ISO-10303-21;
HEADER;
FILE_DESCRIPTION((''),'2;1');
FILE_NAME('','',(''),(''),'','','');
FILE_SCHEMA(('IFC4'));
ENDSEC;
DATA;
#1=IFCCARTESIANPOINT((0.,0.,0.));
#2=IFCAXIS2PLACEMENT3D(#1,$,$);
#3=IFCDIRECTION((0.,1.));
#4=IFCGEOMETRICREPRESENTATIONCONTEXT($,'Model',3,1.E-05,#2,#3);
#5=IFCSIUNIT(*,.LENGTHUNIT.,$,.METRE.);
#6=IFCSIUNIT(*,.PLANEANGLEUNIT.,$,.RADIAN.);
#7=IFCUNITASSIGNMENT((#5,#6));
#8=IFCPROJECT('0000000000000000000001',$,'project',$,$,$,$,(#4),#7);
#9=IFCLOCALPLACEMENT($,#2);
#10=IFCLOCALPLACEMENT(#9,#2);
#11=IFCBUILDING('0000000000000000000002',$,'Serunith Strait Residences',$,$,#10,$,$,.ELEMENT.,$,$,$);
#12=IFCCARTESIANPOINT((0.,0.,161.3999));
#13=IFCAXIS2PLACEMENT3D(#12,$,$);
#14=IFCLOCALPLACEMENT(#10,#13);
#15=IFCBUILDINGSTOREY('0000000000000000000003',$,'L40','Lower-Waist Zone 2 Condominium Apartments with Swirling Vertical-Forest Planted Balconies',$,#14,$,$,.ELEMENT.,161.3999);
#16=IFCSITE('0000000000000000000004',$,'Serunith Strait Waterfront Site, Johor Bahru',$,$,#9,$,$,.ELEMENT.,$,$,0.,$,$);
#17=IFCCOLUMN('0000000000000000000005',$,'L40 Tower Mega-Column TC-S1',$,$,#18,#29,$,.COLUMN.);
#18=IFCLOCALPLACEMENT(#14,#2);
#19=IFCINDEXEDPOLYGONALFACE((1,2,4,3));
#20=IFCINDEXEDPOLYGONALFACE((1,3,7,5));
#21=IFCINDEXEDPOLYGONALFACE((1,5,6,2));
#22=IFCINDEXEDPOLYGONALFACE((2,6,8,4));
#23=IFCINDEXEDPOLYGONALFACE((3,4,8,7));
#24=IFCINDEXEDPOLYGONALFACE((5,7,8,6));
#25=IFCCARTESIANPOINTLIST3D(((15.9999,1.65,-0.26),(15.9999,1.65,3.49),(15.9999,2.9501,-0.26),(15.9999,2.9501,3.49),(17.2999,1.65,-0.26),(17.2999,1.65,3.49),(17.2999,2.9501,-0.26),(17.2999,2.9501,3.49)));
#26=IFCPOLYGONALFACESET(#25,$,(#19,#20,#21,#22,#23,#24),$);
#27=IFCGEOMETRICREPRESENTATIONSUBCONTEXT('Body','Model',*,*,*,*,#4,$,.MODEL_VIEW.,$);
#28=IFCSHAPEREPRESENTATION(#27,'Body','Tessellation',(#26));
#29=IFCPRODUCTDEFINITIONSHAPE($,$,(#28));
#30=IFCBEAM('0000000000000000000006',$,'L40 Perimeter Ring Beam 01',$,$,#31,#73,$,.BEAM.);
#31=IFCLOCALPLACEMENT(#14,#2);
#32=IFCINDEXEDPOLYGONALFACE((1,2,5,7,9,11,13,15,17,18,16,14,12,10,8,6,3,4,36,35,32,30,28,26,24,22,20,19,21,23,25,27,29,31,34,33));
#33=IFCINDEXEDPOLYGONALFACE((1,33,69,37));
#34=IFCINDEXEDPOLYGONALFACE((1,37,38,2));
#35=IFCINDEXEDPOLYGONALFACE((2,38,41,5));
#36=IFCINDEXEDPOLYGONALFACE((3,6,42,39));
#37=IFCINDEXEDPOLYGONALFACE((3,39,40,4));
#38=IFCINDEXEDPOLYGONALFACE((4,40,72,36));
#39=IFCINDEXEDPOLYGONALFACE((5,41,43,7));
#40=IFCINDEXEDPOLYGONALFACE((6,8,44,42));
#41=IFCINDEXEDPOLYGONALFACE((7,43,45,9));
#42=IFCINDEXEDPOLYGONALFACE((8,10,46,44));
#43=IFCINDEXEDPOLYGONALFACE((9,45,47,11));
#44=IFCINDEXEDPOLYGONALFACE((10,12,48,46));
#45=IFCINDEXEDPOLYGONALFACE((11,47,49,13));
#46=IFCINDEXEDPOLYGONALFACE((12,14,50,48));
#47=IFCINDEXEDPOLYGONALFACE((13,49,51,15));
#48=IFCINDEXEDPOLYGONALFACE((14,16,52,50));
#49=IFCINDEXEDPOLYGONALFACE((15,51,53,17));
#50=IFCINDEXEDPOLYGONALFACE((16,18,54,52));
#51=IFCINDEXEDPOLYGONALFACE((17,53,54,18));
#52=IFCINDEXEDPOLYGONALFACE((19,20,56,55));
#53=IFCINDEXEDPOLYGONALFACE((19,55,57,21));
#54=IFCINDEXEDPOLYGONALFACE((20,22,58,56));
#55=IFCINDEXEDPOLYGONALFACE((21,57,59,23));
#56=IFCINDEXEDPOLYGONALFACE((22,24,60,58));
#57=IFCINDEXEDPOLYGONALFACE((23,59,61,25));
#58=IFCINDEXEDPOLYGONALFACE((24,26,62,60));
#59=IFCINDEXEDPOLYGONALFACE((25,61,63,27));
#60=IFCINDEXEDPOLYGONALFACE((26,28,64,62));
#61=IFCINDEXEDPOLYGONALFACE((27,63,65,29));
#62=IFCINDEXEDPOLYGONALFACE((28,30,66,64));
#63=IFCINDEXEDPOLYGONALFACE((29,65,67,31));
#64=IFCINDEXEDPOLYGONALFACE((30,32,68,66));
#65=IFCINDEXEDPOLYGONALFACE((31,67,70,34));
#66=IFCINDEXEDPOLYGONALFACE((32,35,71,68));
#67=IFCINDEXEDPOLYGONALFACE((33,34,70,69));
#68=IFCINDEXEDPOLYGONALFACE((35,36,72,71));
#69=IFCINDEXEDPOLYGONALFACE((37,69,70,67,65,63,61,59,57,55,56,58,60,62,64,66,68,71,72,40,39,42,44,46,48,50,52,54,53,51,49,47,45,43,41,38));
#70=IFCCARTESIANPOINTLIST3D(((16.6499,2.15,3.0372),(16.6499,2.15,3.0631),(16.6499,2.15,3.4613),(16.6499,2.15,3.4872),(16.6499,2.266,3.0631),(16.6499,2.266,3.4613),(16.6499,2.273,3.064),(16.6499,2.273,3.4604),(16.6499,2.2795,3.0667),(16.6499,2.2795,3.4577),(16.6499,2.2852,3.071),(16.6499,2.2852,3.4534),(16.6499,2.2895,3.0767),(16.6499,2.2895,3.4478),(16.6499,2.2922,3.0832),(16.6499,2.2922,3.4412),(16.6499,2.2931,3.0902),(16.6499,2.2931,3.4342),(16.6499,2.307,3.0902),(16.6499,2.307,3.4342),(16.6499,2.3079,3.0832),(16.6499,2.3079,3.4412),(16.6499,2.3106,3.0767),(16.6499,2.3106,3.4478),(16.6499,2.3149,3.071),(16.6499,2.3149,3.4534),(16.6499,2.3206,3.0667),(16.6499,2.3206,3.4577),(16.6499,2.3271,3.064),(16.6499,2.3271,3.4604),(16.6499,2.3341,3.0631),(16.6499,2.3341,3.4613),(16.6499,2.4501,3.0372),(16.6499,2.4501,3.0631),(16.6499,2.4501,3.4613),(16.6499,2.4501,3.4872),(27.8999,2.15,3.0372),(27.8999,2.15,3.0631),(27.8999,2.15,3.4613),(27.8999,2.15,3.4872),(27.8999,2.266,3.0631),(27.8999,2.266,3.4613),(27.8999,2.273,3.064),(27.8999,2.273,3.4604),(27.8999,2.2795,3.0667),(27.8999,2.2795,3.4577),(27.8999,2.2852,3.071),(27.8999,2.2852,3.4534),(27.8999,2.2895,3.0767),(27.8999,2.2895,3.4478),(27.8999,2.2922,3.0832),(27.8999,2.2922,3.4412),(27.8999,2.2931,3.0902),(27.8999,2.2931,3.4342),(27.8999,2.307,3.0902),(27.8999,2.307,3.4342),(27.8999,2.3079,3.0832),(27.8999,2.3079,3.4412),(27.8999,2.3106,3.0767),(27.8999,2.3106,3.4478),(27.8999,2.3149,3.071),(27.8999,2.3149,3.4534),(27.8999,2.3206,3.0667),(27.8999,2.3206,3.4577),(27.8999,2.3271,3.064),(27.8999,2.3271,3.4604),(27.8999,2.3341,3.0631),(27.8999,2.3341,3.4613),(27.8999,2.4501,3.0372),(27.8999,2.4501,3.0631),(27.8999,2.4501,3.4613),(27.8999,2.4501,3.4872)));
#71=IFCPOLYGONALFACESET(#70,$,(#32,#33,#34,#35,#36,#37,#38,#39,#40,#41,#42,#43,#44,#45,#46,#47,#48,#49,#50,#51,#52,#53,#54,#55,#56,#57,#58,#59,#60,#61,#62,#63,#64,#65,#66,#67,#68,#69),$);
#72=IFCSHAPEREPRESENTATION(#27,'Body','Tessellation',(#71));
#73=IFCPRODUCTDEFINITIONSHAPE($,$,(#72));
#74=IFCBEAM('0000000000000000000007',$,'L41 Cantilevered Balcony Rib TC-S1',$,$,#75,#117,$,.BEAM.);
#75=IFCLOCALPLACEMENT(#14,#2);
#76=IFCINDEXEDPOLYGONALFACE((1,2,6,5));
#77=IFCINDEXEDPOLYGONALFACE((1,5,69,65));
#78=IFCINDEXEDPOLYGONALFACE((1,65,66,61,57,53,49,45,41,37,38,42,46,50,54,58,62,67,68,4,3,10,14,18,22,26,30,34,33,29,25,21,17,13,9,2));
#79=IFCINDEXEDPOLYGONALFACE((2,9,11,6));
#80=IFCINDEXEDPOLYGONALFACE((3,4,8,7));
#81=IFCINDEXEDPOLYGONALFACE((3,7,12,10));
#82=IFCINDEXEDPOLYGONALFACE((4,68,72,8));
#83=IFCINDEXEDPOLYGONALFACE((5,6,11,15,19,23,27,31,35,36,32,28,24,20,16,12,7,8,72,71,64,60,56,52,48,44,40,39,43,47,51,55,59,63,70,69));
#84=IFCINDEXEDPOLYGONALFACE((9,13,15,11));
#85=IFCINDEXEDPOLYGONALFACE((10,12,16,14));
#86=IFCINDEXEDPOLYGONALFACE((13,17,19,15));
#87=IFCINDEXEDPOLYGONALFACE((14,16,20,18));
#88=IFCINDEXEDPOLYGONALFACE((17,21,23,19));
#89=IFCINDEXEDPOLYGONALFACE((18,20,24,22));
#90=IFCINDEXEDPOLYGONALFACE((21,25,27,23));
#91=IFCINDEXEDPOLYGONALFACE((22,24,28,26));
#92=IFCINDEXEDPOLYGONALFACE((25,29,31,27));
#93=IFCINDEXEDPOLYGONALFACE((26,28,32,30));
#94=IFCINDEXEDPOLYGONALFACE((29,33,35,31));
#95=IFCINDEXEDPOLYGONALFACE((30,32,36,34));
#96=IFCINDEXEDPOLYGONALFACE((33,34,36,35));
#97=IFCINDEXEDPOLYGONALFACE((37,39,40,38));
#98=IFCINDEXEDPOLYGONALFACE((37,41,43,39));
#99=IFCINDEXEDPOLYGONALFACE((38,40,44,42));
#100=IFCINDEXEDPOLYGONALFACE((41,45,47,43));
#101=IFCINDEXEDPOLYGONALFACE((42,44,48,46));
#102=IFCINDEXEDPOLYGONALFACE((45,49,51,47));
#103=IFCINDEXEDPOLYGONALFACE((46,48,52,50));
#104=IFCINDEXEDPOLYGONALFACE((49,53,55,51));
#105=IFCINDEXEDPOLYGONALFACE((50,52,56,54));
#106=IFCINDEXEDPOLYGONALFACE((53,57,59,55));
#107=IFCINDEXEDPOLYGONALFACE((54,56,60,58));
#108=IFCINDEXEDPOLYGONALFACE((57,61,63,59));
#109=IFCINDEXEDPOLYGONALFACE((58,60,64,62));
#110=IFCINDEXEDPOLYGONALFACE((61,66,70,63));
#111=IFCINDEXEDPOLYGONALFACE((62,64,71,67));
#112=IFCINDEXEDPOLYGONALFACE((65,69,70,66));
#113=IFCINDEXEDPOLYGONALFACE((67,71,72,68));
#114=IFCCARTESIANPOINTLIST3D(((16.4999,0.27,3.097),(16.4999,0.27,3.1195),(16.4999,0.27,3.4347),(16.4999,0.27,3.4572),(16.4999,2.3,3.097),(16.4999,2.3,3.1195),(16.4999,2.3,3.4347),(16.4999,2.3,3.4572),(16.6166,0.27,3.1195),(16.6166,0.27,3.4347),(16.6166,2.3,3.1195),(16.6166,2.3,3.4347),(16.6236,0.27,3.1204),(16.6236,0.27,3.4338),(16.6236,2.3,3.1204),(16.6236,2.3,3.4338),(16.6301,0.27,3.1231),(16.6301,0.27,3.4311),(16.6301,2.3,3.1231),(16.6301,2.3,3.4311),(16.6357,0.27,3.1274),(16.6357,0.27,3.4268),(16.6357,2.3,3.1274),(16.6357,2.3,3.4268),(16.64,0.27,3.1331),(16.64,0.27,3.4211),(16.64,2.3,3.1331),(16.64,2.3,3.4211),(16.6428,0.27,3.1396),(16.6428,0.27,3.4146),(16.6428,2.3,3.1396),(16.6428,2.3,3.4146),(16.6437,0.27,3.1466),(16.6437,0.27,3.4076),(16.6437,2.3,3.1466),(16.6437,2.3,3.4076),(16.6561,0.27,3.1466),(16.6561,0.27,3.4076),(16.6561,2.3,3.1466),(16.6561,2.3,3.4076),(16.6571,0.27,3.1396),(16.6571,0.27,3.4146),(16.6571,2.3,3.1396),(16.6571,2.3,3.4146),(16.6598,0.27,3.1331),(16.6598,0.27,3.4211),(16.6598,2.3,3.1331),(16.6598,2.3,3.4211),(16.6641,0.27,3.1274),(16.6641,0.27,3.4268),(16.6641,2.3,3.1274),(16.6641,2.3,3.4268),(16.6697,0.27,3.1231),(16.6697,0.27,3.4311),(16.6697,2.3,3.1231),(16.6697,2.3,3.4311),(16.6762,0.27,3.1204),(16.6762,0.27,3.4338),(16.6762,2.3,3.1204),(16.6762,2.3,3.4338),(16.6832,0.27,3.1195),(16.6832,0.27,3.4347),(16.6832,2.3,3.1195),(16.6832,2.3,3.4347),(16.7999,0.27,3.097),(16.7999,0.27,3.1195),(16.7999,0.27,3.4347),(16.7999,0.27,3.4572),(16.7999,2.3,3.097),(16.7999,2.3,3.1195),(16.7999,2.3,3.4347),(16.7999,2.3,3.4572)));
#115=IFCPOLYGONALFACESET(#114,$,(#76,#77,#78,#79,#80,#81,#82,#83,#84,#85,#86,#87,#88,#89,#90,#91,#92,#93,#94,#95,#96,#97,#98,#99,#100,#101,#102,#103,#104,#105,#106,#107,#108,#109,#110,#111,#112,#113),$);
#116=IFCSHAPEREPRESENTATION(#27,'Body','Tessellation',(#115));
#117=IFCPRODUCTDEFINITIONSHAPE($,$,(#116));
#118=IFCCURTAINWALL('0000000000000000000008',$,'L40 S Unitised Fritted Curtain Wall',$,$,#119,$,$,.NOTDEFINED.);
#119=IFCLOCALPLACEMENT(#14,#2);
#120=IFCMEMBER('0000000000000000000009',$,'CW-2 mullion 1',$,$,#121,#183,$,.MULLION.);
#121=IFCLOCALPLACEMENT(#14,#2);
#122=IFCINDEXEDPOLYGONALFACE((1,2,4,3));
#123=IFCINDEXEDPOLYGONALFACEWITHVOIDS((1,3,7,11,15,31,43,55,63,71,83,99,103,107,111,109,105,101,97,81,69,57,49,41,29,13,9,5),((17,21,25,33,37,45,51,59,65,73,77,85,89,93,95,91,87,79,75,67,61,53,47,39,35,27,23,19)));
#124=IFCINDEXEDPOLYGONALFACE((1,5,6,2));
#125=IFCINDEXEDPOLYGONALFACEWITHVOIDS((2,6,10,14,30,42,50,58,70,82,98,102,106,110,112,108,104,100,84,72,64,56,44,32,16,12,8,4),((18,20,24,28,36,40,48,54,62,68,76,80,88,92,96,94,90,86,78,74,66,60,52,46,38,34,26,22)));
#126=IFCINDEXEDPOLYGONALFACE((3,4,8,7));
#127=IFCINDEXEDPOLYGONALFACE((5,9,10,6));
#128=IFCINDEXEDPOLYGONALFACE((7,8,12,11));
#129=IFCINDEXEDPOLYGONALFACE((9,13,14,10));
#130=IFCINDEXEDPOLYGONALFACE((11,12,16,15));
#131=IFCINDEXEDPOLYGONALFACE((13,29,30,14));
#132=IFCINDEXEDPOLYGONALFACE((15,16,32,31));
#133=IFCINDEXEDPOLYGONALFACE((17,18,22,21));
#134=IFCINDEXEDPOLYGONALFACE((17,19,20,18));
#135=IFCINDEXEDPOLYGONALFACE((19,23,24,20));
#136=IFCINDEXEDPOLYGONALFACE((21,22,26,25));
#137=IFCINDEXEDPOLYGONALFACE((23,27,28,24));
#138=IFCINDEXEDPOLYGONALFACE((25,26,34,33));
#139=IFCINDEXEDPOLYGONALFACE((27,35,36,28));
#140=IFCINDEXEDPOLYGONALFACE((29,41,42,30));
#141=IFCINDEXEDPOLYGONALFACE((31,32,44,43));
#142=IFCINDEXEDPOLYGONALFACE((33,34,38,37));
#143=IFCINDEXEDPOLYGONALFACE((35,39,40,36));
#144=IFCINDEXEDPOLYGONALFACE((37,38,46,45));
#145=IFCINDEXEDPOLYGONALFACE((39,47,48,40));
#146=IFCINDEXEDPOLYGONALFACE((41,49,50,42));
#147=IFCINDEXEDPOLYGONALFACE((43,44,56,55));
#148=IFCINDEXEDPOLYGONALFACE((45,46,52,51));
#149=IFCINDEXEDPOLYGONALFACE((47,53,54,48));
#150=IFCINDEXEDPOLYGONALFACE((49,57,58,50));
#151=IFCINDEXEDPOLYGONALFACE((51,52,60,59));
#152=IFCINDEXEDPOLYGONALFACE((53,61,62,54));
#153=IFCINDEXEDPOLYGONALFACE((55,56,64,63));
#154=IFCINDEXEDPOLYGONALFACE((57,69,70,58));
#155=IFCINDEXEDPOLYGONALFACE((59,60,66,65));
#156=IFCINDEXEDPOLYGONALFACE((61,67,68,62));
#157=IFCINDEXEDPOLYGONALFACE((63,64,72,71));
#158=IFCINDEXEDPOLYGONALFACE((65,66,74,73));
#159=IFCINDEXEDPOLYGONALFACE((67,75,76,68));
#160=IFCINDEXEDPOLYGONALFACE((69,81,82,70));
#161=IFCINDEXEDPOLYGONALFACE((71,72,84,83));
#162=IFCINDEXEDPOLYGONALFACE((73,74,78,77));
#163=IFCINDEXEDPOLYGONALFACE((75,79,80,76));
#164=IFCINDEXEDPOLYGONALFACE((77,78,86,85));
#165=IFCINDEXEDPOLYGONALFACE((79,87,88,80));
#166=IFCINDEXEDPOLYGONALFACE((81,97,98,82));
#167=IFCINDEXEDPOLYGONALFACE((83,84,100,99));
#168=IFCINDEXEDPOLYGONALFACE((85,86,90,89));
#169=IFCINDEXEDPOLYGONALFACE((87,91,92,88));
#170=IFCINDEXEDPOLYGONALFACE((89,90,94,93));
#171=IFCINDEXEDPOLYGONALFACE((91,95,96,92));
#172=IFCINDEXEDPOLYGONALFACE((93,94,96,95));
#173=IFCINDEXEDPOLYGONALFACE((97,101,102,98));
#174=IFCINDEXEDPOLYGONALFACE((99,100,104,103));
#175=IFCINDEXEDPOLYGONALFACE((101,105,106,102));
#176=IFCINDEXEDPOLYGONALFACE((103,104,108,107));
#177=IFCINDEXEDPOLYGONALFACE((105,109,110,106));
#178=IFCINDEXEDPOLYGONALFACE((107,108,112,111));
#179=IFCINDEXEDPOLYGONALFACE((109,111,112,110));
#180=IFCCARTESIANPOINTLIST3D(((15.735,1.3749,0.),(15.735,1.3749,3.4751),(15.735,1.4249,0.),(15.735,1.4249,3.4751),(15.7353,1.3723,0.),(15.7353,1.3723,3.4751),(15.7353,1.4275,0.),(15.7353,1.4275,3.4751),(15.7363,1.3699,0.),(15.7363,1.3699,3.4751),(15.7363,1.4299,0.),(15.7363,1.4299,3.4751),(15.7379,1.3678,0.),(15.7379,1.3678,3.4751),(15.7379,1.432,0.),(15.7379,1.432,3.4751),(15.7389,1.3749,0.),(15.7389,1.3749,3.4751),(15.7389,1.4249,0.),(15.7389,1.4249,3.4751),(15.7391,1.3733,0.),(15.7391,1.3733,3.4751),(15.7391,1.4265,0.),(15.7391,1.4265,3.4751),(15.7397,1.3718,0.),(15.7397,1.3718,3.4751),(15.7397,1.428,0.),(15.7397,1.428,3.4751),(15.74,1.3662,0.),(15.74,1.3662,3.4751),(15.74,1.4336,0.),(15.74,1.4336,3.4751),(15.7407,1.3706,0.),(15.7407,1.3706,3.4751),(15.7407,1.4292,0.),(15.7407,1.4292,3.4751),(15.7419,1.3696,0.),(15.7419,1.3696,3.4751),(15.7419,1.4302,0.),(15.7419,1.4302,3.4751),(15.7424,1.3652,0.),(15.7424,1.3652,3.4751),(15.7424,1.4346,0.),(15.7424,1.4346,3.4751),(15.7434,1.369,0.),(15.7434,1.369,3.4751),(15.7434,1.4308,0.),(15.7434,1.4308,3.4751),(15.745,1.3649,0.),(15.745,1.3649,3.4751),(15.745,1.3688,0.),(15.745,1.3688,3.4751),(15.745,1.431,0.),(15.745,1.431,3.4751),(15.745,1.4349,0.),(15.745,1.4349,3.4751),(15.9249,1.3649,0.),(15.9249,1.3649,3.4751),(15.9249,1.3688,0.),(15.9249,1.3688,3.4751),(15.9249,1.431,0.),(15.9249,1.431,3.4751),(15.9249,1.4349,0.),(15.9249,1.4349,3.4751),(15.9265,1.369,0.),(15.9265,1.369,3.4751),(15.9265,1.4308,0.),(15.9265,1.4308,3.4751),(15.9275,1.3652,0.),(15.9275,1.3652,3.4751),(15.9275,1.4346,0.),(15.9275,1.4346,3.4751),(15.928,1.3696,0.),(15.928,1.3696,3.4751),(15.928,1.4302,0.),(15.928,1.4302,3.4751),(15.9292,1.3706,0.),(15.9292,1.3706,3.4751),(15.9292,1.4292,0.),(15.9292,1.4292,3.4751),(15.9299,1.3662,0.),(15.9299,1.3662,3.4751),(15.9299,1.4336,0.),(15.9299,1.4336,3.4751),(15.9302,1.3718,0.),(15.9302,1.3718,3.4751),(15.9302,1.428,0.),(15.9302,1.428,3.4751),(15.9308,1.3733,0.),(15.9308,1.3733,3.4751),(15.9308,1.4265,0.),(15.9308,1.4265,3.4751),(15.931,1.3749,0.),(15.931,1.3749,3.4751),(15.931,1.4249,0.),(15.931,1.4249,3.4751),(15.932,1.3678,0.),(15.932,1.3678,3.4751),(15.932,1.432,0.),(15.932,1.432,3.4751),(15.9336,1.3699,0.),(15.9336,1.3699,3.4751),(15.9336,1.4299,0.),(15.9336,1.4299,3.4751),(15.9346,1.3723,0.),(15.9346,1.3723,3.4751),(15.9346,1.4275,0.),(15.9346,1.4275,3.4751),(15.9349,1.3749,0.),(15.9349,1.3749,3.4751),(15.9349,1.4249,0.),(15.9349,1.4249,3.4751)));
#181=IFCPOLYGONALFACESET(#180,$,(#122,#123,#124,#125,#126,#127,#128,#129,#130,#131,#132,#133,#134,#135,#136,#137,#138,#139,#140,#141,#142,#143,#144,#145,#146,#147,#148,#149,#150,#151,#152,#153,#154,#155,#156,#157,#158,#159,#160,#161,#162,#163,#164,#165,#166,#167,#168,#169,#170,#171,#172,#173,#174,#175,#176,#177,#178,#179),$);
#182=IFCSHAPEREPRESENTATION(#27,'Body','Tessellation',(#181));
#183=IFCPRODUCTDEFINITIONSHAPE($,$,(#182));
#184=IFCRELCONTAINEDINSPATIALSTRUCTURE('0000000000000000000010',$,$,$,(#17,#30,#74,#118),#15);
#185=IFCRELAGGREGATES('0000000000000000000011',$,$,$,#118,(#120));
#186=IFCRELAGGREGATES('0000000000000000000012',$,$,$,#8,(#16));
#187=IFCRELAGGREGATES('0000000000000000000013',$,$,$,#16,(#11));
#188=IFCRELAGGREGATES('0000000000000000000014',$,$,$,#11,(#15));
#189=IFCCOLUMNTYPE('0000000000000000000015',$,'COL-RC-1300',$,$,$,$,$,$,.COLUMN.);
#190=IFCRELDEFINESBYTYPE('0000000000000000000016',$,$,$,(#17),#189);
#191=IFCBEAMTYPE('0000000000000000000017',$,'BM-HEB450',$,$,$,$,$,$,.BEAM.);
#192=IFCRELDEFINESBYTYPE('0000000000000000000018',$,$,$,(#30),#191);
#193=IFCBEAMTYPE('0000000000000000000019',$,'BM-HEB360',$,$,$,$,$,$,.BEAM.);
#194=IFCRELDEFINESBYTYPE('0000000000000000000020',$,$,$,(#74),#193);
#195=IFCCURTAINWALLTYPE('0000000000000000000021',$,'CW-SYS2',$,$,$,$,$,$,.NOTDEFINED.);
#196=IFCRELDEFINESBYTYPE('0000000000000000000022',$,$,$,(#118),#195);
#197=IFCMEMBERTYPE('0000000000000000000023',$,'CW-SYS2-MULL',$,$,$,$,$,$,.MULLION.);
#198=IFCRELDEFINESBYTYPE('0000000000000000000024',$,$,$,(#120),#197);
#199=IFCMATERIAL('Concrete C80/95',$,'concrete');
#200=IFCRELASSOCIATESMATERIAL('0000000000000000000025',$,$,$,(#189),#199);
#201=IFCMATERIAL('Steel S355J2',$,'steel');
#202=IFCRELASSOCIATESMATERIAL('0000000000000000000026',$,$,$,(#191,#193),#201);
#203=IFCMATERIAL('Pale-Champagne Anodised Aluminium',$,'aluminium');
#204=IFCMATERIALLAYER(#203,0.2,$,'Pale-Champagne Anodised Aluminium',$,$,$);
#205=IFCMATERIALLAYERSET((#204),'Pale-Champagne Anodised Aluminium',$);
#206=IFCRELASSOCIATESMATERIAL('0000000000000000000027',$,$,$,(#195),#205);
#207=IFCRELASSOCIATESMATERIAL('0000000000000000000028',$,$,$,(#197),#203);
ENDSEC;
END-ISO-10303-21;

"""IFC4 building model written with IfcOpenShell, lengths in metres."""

from ifc_helpers import new_model, si_unit, direction, frame, origin, origin_2d, place, context, subcontext, project, spatial, rectangle, hollow_rectangle, i_section, extrude, source, transform, mapped, material, layer, layer_set, material_profile, profile_set, type_object, element, aggregate, save


model = new_model("IFC4")

# Units and contexts
model_context = context("Model", 3, precision=1e-05, world=origin(), true_north=direction((0.0, 1.0)))
body_context = subcontext(model_context, "Body", "Model", "MODEL_VIEW")
ifc_project = project(units=[si_unit("LENGTHUNIT", "METRE"), si_unit("PLANEANGLEUNIT", "RADIAN")], contexts=[model_context])

# Site, building, storey
site_placement = place(None, origin())
site = spatial("IfcSite", under=ifc_project, at=site_placement, Name="Serunith Strait Waterfront Site, Johor Bahru", CompositionType="ELEMENT", RefElevation=0.0)
building_placement = place(site_placement, origin())
building = spatial("IfcBuilding", under=site, at=building_placement, Name="Serunith Strait Residences", CompositionType="ELEMENT")
storey_placement = place(building_placement, frame((0.0, 0.0, 161.3999)))
storey = spatial("IfcBuildingStorey", under=building, at=storey_placement, Name="L40", Description="Lower-Waist Zone 2 Condominium Apartments with Swirling Vertical-Forest Planted Balconies", CompositionType="ELEMENT", Elevation=161.3999)

# Column
ifc_material_1 = material(Name="Concrete C80/95", Category="concrete")
ifc_material_profile_1 = material_profile(ifc_material_1, rectangle(XDim=1.3, YDim=1.3, at=origin_2d()), Name="RC 1300x1300")
ifc_profile_set_1 = profile_set([ifc_material_profile_1], Name="Concrete C80/95")
column_type = type_object("IfcColumnType", Name="COL-RC-1300", PredefinedType="COLUMN", material=ifc_profile_set_1)
shared_shape_1 = source(origin(), body_context, "Body", "SweptSolid", [
    extrude(rectangle(XDim=1.3, YDim=1.3, at=origin_2d()), origin(), (0.0, 0.0, 1.0), 3.75),
])
column_placement = place(storey_placement, frame((16.6499, 2.3, -0.26), z_axis=(0.0, 0.0, 1.0), x_axis=(1.0, 0.0, 0.0)))
element("IfcColumn", 1, at=column_placement, inside=storey, type_object=column_type, Name="L40 Tower Mega-Column TC-S1", PredefinedType="COLUMN", context=body_context, shape_type="MappedRepresentation", body=[
    mapped(shared_shape_1, transform((0.0, 0.0, 0.0), scale=1.0)),
])

# Beams
ifc_material_2 = material(Name="Steel S355J2", Category="steel")
ifc_material_profile_2 = material_profile(ifc_material_2, i_section(OverallWidth=0.3, OverallDepth=0.45, WebThickness=0.0139, FlangeThickness=0.0259, FilletRadius=0.0271, at=origin_2d()), Name="HEB 450")
ifc_profile_set_2 = profile_set([ifc_material_profile_2], Name="Steel S355J2")
beam_type_1 = type_object("IfcBeamType", Name="BM-HEB450", PredefinedType="BEAM", material=ifc_profile_set_2)
shared_shape_2 = source(origin(), body_context, "Body", "SweptSolid", [
    extrude(i_section(OverallWidth=0.3, OverallDepth=0.45, WebThickness=0.0139, FlangeThickness=0.0259, FilletRadius=0.0271, at=origin_2d()), origin(), (0.0, 0.0, 1.0), 11.25),
])
beam_1_placement = place(storey_placement, frame((16.6499, 2.3, 3.2622), z_axis=(1.0, 0.0, 0.0), x_axis=(0.0, 1.0, 0.0)))
element("IfcBeam", 2, at=beam_1_placement, inside=storey, type_object=beam_type_1, Name="L40 Perimeter Ring Beam 01", PredefinedType="BEAM", context=body_context, shape_type="MappedRepresentation", body=[
    mapped(shared_shape_2, transform((0.0, 0.0, 0.0), scale=1.0)),
])
ifc_material_profile_3 = material_profile(ifc_material_2, i_section(OverallWidth=0.3, OverallDepth=0.3601, WebThickness=0.0125, FlangeThickness=0.0225, FilletRadius=0.0271, at=origin_2d()), Name="HEB 360")
ifc_profile_set_3 = profile_set([ifc_material_profile_3], Name="Steel S355J2")
beam_type_2 = type_object("IfcBeamType", Name="BM-HEB360", PredefinedType="BEAM", material=ifc_profile_set_3)
shared_shape_3 = source(origin(), body_context, "Body", "SweptSolid", [
    extrude(i_section(OverallWidth=0.3, OverallDepth=0.3601, WebThickness=0.0125, FlangeThickness=0.0225, FilletRadius=0.0271, at=origin_2d()), origin(), (0.0, 0.0, 1.0), 2.03),
])
beam_2_placement = place(storey_placement, frame((16.6499, 2.3, 3.2771), z_axis=(0.0, -1.0, 0.0), x_axis=(1.0, 0.0, 0.0)))
element("IfcBeam", 3, at=beam_2_placement, inside=storey, type_object=beam_type_2, Name="L41 Cantilevered Balcony Rib TC-S1", PredefinedType="BEAM", context=body_context, shape_type="MappedRepresentation", body=[
    mapped(shared_shape_3, transform((0.0, 0.0, 0.0), scale=1.0)),
])

# Curtain wall, member
ifc_material_3 = material(Name="Pale-Champagne Anodised Aluminium", Category="aluminium")
ifc_layer_1 = layer(ifc_material_3, 0.2, Name="Pale-Champagne Anodised Aluminium")
ifc_layer_set_1 = layer_set([ifc_layer_1], Name="Pale-Champagne Anodised Aluminium")
curtain_wall_type = type_object("IfcCurtainWallType", Name="CW-SYS2", PredefinedType="NOTDEFINED", material=ifc_layer_set_1)
curtain_wall_placement = place(storey_placement, origin())
curtain_wall = element("IfcCurtainWall", 4, at=curtain_wall_placement, inside=storey, type_object=curtain_wall_type, Name="L40 S Unitised Fritted Curtain Wall", PredefinedType="NOTDEFINED")
ifc_material_profile_4 = material_profile(ifc_material_3, hollow_rectangle(XDim=0.0701, YDim=0.2, WallThickness=0.0039, InnerFilletRadius=0.0061, OuterFilletRadius=0.01, at=origin_2d()), Name="ALU 200x70x4")
ifc_profile_set_4 = profile_set([ifc_material_profile_4], Name="Pale-Champagne Anodised Aluminium")
member_type_1 = type_object("IfcMemberType", Name="CW-SYS2-MULL", PredefinedType="MULLION", material=ifc_profile_set_4)
shared_shape_4 = source(origin(), body_context, "Body", "SweptSolid", [
    extrude(hollow_rectangle(XDim=0.0701, YDim=0.2, WallThickness=0.0039, InnerFilletRadius=0.0061, OuterFilletRadius=0.01, at=origin_2d()), origin(), (0.0, 0.0, 1.0), 3.4751),
])
member_1_placement = place(storey_placement, frame((15.835, 1.3999, 0.0), z_axis=(0.0, 0.0, 1.0), x_axis=(0.0, 1.0, 0.0)))
member_1 = element("IfcMember", 5, at=member_1_placement, type_object=member_type_1, Name="CW-2 mullion 1", PredefinedType="MULLION", context=body_context, shape_type="MappedRepresentation", body=[
    mapped(shared_shape_4, transform((0.0, 0.0, 0.0), scale=1.0)),
])
aggregate(curtain_wall, [member_1])

save(model, "model.ifc")
